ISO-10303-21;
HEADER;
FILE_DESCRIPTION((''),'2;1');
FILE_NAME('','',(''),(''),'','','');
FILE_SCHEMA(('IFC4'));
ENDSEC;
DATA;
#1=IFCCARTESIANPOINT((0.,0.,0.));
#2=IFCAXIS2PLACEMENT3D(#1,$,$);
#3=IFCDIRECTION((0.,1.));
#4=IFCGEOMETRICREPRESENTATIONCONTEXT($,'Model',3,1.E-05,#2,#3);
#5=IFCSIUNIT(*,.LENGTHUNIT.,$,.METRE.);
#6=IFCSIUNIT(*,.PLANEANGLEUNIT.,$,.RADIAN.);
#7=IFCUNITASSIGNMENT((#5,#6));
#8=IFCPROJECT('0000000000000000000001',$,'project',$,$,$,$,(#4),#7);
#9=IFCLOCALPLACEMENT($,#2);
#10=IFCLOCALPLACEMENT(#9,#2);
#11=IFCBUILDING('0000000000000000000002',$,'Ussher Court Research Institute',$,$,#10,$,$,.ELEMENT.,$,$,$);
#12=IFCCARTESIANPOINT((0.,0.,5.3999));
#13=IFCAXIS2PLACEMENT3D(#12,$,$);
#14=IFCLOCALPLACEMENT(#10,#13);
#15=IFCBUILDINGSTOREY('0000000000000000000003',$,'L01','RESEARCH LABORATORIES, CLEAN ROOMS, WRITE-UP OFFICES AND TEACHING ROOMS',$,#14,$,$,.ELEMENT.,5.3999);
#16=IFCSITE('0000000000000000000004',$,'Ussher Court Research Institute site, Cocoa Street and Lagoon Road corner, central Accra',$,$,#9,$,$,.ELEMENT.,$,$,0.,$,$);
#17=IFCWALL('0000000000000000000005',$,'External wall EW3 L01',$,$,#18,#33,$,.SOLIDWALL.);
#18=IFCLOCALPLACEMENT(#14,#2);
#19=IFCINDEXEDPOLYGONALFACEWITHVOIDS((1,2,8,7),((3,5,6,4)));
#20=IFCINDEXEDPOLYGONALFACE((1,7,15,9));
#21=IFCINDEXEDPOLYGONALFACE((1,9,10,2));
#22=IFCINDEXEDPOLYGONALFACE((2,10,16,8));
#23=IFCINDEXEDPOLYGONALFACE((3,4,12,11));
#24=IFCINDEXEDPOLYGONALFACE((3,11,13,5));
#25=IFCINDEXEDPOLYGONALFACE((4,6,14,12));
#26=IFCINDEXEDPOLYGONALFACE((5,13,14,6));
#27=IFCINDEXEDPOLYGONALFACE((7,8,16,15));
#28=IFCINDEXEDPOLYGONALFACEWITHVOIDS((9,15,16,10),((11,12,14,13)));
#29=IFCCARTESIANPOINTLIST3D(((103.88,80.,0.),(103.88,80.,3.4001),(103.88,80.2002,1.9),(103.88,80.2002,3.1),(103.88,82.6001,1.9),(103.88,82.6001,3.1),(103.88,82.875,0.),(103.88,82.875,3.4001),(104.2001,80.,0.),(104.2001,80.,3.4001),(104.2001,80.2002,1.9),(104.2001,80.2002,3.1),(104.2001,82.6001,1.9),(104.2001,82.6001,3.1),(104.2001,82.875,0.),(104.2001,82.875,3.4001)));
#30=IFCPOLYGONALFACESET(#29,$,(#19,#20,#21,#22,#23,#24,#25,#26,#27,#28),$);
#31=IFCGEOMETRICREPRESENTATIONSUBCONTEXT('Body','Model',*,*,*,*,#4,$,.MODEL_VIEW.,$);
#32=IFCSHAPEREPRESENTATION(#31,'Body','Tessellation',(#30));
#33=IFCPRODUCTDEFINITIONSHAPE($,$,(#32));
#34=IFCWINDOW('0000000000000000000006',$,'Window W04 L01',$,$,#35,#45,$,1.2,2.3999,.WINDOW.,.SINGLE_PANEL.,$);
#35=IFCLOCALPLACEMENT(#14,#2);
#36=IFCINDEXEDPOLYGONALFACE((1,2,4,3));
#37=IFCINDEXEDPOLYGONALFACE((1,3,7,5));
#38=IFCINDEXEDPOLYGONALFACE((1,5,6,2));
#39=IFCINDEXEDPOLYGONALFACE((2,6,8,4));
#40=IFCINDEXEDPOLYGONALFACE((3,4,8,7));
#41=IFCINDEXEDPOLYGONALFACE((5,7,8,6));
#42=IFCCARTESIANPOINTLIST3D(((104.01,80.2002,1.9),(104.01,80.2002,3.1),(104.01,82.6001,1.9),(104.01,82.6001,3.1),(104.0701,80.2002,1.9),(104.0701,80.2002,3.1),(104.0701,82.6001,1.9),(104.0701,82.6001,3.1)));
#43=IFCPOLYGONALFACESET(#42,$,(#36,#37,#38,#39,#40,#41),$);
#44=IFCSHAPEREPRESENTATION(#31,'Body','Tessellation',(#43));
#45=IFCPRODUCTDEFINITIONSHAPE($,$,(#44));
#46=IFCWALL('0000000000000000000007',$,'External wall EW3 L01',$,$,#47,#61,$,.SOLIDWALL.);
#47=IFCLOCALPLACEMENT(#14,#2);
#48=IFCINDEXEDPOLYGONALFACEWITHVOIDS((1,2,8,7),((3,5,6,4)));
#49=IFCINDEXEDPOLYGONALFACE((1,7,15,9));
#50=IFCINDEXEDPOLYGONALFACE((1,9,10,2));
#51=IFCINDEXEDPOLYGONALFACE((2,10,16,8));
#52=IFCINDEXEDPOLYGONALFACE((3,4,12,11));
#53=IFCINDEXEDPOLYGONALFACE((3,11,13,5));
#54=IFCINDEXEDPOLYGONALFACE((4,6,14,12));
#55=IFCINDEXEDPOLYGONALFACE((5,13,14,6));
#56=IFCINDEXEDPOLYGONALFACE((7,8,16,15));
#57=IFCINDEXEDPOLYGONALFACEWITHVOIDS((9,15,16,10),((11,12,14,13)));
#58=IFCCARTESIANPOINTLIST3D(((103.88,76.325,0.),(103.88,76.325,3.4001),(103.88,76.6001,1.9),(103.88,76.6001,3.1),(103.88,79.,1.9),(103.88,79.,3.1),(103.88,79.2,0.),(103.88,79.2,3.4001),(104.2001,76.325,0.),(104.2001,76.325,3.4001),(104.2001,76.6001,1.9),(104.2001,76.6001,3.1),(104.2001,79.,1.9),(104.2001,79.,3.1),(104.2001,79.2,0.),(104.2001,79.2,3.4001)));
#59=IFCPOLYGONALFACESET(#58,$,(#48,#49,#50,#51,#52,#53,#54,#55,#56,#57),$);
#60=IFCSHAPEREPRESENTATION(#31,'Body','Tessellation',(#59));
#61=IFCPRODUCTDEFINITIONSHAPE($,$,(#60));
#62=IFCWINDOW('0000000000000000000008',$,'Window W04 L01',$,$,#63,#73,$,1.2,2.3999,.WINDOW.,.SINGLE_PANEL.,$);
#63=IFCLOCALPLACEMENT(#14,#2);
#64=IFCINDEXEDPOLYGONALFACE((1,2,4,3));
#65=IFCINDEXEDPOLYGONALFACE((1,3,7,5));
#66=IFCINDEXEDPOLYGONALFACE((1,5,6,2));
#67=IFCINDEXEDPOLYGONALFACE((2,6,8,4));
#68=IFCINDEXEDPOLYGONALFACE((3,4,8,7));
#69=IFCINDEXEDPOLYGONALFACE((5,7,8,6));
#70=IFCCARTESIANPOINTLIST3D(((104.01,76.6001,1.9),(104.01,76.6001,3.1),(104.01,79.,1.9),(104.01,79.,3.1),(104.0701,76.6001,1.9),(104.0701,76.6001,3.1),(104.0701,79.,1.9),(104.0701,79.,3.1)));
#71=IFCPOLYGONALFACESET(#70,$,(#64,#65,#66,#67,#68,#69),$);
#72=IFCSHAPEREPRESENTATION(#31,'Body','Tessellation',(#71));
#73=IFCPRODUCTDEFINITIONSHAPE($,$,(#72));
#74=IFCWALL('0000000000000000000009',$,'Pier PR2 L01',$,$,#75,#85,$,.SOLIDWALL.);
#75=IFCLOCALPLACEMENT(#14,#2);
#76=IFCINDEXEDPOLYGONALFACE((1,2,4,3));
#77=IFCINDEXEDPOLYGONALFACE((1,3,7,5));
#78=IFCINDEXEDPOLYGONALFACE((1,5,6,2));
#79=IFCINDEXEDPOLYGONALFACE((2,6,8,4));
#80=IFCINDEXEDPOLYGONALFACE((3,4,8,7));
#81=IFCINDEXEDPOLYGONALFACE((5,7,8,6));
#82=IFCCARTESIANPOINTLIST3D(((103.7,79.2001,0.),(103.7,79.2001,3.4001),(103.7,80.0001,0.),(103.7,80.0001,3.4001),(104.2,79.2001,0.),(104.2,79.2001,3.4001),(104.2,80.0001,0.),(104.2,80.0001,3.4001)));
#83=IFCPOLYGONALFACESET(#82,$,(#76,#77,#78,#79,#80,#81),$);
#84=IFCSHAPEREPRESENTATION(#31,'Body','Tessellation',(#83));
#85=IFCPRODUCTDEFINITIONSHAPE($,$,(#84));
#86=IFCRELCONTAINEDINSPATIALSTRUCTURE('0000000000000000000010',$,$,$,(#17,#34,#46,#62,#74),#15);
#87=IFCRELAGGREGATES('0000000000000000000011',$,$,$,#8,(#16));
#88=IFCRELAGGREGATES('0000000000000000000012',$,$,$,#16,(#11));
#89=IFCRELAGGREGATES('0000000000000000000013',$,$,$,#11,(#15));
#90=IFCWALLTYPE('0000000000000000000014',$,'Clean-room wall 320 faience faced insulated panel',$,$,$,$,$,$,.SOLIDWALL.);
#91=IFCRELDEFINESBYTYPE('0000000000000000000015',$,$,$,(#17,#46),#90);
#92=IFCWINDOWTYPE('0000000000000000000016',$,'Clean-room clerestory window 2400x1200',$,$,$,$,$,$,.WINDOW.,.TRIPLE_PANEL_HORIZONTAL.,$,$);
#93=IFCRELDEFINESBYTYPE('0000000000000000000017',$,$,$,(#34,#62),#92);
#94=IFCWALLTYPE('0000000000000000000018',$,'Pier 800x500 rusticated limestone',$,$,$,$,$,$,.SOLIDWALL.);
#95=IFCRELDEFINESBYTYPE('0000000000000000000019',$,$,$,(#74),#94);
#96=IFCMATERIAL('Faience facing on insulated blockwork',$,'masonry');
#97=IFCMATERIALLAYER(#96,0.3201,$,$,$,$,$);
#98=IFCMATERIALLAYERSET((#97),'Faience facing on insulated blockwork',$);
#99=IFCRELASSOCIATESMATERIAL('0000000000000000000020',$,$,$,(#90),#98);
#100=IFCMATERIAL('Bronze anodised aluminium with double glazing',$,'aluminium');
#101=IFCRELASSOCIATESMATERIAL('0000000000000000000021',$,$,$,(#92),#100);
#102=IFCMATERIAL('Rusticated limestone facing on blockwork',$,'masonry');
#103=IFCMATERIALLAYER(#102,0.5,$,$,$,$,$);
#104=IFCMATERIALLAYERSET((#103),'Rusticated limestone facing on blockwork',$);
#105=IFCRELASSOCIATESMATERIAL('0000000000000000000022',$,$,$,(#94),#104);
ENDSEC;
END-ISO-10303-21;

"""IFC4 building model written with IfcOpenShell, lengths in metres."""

from ifc_helpers import new_model, si_unit, direction, frame, frame_2d, origin, place, context, subcontext, project, spatial, rectangle, extrude, material, layer, layer_set, type_object, element, fill, save


model = new_model("IFC4")

# Units and contexts
model_context = context("Model", 3, precision=1e-05, world=origin(), true_north=direction((0.0, 1.0)))
body_context = subcontext(model_context, "Body", "Model", "MODEL_VIEW")
ifc_project = project(units=[si_unit("LENGTHUNIT", "METRE"), si_unit("PLANEANGLEUNIT", "RADIAN")], contexts=[model_context])

# Site, building, storey
site_placement = place(None, origin())
site = spatial("IfcSite", under=ifc_project, at=site_placement, Name="Ussher Court Research Institute site, Cocoa Street and Lagoon Road corner, central Accra", CompositionType="ELEMENT", RefElevation=0.0)
building_placement = place(site_placement, origin())
building = spatial("IfcBuilding", under=site, at=building_placement, Name="Ussher Court Research Institute", CompositionType="ELEMENT")
storey_placement = place(building_placement, frame((0.0, 0.0, 5.3999)))
storey = spatial("IfcBuildingStorey", under=building, at=storey_placement, Name="L01", Description="RESEARCH LABORATORIES, CLEAN ROOMS, WRITE-UP OFFICES AND TEACHING ROOMS", CompositionType="ELEMENT", Elevation=5.3999)

# Walls, openings, windows
ifc_material_1 = material(Name="Faience facing on insulated blockwork", Category="masonry")
ifc_layer_1 = layer(ifc_material_1, 0.3201)
ifc_layer_set_1 = layer_set([ifc_layer_1], Name="Faience facing on insulated blockwork")
wall_type_1 = type_object("IfcWallType", Name="Clean-room wall 320 faience faced insulated panel", PredefinedType="SOLIDWALL", material=ifc_layer_set_1)
wall_1_placement = place(storey_placement, frame((104.04, 82.875, 0.0), z_axis=(0.0, 0.0, 1.0), x_axis=(0.0, -1.0, 0.0)))
wall_1 = element("IfcWall", 1, at=wall_1_placement, inside=storey, type_object=wall_type_1, Name="External wall EW3 L01", PredefinedType="SOLIDWALL", context=body_context, shape_type="SweptSolid", body=[
    extrude(rectangle(XDim=2.875, YDim=0.3201, at=frame_2d((1.4375, 0.0))), origin(), (0.0, 0.0, 1.0), 3.4001),
])
opening_1_placement = place(wall_1_placement, frame((0.2749, 0.0, 1.8999)))
opening_1 = element("IfcOpeningElement", 2, at=opening_1_placement, cuts=wall_1, PredefinedType="OPENING", context=body_context, shape_type="SweptSolid", body=[
    extrude(rectangle(XDim=2.3999, YDim=1.2, at=frame_2d((1.2, 0.6001))), frame((0.0, 0.1699, 0.0), z_axis=(0.0, -1.0, 0.0), x_axis=(1.0, 0.0, 0.0)), (0.0, 0.0, 1.0), 0.3401),
])
ifc_material_2 = material(Name="Bronze anodised aluminium with double glazing", Category="aluminium")
window_type = type_object("IfcWindowType", Name="Clean-room clerestory window 2400x1200", PartitioningType="TRIPLE_PANEL_HORIZONTAL", PredefinedType="WINDOW", material=ifc_material_2)
window_1_placement = place(opening_1_placement, origin())
window_1 = element("IfcWindow", 3, at=window_1_placement, inside=storey, type_object=window_type, Name="Window W04 L01", OverallHeight=1.2, OverallWidth=2.3999, PartitioningType="SINGLE_PANEL", PredefinedType="WINDOW", context=body_context, shape_type="SweptSolid", body=[
    extrude(rectangle(XDim=2.3999, YDim=1.2, at=frame_2d((1.2, 0.6001))), frame((0.0, 0.03, 0.0), z_axis=(0.0, -1.0, 0.0), x_axis=(1.0, 0.0, 0.0)), (0.0, 0.0, 1.0), 0.0601),
])
fill(opening_1, window_1)
wall_2_placement = place(storey_placement, frame((104.04, 79.2, 0.0), z_axis=(0.0, 0.0, 1.0), x_axis=(0.0, -1.0, 0.0)))
wall_2 = element("IfcWall", 4, at=wall_2_placement, inside=storey, type_object=wall_type_1, Name="External wall EW3 L01", PredefinedType="SOLIDWALL", context=body_context, shape_type="SweptSolid", body=[
    extrude(rectangle(XDim=2.875, YDim=0.3201, at=frame_2d((1.4375, 0.0))), origin(), (0.0, 0.0, 1.0), 3.4001),
])
opening_2_placement = place(wall_2_placement, frame((0.2, 0.0, 1.8999)))
opening_2 = element("IfcOpeningElement", 5, at=opening_2_placement, cuts=wall_2, PredefinedType="OPENING", context=body_context, shape_type="SweptSolid", body=[
    extrude(rectangle(XDim=2.3999, YDim=1.2, at=frame_2d((1.2, 0.6001))), frame((0.0, 0.1699, 0.0), z_axis=(0.0, -1.0, 0.0), x_axis=(1.0, 0.0, 0.0)), (0.0, 0.0, 1.0), 0.3401),
])
window_2_placement = place(opening_2_placement, origin())
window_2 = element("IfcWindow", 6, at=window_2_placement, inside=storey, type_object=window_type, Name="Window W04 L01", OverallHeight=1.2, OverallWidth=2.3999, PartitioningType="SINGLE_PANEL", PredefinedType="WINDOW", context=body_context, shape_type="SweptSolid", body=[
    extrude(rectangle(XDim=2.3999, YDim=1.2, at=frame_2d((1.2, 0.6001))), frame((0.0, 0.03, 0.0), z_axis=(0.0, -1.0, 0.0), x_axis=(1.0, 0.0, 0.0)), (0.0, 0.0, 1.0), 0.0601),
])
fill(opening_2, window_2)

# Wall
ifc_material_3 = material(Name="Rusticated limestone facing on blockwork", Category="masonry")
ifc_layer_2 = layer(ifc_material_3, 0.5)
ifc_layer_set_2 = layer_set([ifc_layer_2], Name="Rusticated limestone facing on blockwork")
wall_type_2 = type_object("IfcWallType", Name="Pier 800x500 rusticated limestone", PredefinedType="SOLIDWALL", material=ifc_layer_set_2)
wall_3_placement = place(storey_placement, frame((103.95, 80.0, 0.0), z_axis=(0.0, 0.0, 1.0), x_axis=(0.0, -1.0, 0.0)))
element("IfcWall", 7, at=wall_3_placement, inside=storey, type_object=wall_type_2, Name="Pier PR2 L01", PredefinedType="SOLIDWALL", context=body_context, shape_type="SweptSolid", body=[
    extrude(rectangle(XDim=0.8, YDim=0.5, at=frame_2d((0.3999, 0.0))), origin(), (0.0, 0.0, 1.0), 3.4001),
])

save(model, "model.ifc")
